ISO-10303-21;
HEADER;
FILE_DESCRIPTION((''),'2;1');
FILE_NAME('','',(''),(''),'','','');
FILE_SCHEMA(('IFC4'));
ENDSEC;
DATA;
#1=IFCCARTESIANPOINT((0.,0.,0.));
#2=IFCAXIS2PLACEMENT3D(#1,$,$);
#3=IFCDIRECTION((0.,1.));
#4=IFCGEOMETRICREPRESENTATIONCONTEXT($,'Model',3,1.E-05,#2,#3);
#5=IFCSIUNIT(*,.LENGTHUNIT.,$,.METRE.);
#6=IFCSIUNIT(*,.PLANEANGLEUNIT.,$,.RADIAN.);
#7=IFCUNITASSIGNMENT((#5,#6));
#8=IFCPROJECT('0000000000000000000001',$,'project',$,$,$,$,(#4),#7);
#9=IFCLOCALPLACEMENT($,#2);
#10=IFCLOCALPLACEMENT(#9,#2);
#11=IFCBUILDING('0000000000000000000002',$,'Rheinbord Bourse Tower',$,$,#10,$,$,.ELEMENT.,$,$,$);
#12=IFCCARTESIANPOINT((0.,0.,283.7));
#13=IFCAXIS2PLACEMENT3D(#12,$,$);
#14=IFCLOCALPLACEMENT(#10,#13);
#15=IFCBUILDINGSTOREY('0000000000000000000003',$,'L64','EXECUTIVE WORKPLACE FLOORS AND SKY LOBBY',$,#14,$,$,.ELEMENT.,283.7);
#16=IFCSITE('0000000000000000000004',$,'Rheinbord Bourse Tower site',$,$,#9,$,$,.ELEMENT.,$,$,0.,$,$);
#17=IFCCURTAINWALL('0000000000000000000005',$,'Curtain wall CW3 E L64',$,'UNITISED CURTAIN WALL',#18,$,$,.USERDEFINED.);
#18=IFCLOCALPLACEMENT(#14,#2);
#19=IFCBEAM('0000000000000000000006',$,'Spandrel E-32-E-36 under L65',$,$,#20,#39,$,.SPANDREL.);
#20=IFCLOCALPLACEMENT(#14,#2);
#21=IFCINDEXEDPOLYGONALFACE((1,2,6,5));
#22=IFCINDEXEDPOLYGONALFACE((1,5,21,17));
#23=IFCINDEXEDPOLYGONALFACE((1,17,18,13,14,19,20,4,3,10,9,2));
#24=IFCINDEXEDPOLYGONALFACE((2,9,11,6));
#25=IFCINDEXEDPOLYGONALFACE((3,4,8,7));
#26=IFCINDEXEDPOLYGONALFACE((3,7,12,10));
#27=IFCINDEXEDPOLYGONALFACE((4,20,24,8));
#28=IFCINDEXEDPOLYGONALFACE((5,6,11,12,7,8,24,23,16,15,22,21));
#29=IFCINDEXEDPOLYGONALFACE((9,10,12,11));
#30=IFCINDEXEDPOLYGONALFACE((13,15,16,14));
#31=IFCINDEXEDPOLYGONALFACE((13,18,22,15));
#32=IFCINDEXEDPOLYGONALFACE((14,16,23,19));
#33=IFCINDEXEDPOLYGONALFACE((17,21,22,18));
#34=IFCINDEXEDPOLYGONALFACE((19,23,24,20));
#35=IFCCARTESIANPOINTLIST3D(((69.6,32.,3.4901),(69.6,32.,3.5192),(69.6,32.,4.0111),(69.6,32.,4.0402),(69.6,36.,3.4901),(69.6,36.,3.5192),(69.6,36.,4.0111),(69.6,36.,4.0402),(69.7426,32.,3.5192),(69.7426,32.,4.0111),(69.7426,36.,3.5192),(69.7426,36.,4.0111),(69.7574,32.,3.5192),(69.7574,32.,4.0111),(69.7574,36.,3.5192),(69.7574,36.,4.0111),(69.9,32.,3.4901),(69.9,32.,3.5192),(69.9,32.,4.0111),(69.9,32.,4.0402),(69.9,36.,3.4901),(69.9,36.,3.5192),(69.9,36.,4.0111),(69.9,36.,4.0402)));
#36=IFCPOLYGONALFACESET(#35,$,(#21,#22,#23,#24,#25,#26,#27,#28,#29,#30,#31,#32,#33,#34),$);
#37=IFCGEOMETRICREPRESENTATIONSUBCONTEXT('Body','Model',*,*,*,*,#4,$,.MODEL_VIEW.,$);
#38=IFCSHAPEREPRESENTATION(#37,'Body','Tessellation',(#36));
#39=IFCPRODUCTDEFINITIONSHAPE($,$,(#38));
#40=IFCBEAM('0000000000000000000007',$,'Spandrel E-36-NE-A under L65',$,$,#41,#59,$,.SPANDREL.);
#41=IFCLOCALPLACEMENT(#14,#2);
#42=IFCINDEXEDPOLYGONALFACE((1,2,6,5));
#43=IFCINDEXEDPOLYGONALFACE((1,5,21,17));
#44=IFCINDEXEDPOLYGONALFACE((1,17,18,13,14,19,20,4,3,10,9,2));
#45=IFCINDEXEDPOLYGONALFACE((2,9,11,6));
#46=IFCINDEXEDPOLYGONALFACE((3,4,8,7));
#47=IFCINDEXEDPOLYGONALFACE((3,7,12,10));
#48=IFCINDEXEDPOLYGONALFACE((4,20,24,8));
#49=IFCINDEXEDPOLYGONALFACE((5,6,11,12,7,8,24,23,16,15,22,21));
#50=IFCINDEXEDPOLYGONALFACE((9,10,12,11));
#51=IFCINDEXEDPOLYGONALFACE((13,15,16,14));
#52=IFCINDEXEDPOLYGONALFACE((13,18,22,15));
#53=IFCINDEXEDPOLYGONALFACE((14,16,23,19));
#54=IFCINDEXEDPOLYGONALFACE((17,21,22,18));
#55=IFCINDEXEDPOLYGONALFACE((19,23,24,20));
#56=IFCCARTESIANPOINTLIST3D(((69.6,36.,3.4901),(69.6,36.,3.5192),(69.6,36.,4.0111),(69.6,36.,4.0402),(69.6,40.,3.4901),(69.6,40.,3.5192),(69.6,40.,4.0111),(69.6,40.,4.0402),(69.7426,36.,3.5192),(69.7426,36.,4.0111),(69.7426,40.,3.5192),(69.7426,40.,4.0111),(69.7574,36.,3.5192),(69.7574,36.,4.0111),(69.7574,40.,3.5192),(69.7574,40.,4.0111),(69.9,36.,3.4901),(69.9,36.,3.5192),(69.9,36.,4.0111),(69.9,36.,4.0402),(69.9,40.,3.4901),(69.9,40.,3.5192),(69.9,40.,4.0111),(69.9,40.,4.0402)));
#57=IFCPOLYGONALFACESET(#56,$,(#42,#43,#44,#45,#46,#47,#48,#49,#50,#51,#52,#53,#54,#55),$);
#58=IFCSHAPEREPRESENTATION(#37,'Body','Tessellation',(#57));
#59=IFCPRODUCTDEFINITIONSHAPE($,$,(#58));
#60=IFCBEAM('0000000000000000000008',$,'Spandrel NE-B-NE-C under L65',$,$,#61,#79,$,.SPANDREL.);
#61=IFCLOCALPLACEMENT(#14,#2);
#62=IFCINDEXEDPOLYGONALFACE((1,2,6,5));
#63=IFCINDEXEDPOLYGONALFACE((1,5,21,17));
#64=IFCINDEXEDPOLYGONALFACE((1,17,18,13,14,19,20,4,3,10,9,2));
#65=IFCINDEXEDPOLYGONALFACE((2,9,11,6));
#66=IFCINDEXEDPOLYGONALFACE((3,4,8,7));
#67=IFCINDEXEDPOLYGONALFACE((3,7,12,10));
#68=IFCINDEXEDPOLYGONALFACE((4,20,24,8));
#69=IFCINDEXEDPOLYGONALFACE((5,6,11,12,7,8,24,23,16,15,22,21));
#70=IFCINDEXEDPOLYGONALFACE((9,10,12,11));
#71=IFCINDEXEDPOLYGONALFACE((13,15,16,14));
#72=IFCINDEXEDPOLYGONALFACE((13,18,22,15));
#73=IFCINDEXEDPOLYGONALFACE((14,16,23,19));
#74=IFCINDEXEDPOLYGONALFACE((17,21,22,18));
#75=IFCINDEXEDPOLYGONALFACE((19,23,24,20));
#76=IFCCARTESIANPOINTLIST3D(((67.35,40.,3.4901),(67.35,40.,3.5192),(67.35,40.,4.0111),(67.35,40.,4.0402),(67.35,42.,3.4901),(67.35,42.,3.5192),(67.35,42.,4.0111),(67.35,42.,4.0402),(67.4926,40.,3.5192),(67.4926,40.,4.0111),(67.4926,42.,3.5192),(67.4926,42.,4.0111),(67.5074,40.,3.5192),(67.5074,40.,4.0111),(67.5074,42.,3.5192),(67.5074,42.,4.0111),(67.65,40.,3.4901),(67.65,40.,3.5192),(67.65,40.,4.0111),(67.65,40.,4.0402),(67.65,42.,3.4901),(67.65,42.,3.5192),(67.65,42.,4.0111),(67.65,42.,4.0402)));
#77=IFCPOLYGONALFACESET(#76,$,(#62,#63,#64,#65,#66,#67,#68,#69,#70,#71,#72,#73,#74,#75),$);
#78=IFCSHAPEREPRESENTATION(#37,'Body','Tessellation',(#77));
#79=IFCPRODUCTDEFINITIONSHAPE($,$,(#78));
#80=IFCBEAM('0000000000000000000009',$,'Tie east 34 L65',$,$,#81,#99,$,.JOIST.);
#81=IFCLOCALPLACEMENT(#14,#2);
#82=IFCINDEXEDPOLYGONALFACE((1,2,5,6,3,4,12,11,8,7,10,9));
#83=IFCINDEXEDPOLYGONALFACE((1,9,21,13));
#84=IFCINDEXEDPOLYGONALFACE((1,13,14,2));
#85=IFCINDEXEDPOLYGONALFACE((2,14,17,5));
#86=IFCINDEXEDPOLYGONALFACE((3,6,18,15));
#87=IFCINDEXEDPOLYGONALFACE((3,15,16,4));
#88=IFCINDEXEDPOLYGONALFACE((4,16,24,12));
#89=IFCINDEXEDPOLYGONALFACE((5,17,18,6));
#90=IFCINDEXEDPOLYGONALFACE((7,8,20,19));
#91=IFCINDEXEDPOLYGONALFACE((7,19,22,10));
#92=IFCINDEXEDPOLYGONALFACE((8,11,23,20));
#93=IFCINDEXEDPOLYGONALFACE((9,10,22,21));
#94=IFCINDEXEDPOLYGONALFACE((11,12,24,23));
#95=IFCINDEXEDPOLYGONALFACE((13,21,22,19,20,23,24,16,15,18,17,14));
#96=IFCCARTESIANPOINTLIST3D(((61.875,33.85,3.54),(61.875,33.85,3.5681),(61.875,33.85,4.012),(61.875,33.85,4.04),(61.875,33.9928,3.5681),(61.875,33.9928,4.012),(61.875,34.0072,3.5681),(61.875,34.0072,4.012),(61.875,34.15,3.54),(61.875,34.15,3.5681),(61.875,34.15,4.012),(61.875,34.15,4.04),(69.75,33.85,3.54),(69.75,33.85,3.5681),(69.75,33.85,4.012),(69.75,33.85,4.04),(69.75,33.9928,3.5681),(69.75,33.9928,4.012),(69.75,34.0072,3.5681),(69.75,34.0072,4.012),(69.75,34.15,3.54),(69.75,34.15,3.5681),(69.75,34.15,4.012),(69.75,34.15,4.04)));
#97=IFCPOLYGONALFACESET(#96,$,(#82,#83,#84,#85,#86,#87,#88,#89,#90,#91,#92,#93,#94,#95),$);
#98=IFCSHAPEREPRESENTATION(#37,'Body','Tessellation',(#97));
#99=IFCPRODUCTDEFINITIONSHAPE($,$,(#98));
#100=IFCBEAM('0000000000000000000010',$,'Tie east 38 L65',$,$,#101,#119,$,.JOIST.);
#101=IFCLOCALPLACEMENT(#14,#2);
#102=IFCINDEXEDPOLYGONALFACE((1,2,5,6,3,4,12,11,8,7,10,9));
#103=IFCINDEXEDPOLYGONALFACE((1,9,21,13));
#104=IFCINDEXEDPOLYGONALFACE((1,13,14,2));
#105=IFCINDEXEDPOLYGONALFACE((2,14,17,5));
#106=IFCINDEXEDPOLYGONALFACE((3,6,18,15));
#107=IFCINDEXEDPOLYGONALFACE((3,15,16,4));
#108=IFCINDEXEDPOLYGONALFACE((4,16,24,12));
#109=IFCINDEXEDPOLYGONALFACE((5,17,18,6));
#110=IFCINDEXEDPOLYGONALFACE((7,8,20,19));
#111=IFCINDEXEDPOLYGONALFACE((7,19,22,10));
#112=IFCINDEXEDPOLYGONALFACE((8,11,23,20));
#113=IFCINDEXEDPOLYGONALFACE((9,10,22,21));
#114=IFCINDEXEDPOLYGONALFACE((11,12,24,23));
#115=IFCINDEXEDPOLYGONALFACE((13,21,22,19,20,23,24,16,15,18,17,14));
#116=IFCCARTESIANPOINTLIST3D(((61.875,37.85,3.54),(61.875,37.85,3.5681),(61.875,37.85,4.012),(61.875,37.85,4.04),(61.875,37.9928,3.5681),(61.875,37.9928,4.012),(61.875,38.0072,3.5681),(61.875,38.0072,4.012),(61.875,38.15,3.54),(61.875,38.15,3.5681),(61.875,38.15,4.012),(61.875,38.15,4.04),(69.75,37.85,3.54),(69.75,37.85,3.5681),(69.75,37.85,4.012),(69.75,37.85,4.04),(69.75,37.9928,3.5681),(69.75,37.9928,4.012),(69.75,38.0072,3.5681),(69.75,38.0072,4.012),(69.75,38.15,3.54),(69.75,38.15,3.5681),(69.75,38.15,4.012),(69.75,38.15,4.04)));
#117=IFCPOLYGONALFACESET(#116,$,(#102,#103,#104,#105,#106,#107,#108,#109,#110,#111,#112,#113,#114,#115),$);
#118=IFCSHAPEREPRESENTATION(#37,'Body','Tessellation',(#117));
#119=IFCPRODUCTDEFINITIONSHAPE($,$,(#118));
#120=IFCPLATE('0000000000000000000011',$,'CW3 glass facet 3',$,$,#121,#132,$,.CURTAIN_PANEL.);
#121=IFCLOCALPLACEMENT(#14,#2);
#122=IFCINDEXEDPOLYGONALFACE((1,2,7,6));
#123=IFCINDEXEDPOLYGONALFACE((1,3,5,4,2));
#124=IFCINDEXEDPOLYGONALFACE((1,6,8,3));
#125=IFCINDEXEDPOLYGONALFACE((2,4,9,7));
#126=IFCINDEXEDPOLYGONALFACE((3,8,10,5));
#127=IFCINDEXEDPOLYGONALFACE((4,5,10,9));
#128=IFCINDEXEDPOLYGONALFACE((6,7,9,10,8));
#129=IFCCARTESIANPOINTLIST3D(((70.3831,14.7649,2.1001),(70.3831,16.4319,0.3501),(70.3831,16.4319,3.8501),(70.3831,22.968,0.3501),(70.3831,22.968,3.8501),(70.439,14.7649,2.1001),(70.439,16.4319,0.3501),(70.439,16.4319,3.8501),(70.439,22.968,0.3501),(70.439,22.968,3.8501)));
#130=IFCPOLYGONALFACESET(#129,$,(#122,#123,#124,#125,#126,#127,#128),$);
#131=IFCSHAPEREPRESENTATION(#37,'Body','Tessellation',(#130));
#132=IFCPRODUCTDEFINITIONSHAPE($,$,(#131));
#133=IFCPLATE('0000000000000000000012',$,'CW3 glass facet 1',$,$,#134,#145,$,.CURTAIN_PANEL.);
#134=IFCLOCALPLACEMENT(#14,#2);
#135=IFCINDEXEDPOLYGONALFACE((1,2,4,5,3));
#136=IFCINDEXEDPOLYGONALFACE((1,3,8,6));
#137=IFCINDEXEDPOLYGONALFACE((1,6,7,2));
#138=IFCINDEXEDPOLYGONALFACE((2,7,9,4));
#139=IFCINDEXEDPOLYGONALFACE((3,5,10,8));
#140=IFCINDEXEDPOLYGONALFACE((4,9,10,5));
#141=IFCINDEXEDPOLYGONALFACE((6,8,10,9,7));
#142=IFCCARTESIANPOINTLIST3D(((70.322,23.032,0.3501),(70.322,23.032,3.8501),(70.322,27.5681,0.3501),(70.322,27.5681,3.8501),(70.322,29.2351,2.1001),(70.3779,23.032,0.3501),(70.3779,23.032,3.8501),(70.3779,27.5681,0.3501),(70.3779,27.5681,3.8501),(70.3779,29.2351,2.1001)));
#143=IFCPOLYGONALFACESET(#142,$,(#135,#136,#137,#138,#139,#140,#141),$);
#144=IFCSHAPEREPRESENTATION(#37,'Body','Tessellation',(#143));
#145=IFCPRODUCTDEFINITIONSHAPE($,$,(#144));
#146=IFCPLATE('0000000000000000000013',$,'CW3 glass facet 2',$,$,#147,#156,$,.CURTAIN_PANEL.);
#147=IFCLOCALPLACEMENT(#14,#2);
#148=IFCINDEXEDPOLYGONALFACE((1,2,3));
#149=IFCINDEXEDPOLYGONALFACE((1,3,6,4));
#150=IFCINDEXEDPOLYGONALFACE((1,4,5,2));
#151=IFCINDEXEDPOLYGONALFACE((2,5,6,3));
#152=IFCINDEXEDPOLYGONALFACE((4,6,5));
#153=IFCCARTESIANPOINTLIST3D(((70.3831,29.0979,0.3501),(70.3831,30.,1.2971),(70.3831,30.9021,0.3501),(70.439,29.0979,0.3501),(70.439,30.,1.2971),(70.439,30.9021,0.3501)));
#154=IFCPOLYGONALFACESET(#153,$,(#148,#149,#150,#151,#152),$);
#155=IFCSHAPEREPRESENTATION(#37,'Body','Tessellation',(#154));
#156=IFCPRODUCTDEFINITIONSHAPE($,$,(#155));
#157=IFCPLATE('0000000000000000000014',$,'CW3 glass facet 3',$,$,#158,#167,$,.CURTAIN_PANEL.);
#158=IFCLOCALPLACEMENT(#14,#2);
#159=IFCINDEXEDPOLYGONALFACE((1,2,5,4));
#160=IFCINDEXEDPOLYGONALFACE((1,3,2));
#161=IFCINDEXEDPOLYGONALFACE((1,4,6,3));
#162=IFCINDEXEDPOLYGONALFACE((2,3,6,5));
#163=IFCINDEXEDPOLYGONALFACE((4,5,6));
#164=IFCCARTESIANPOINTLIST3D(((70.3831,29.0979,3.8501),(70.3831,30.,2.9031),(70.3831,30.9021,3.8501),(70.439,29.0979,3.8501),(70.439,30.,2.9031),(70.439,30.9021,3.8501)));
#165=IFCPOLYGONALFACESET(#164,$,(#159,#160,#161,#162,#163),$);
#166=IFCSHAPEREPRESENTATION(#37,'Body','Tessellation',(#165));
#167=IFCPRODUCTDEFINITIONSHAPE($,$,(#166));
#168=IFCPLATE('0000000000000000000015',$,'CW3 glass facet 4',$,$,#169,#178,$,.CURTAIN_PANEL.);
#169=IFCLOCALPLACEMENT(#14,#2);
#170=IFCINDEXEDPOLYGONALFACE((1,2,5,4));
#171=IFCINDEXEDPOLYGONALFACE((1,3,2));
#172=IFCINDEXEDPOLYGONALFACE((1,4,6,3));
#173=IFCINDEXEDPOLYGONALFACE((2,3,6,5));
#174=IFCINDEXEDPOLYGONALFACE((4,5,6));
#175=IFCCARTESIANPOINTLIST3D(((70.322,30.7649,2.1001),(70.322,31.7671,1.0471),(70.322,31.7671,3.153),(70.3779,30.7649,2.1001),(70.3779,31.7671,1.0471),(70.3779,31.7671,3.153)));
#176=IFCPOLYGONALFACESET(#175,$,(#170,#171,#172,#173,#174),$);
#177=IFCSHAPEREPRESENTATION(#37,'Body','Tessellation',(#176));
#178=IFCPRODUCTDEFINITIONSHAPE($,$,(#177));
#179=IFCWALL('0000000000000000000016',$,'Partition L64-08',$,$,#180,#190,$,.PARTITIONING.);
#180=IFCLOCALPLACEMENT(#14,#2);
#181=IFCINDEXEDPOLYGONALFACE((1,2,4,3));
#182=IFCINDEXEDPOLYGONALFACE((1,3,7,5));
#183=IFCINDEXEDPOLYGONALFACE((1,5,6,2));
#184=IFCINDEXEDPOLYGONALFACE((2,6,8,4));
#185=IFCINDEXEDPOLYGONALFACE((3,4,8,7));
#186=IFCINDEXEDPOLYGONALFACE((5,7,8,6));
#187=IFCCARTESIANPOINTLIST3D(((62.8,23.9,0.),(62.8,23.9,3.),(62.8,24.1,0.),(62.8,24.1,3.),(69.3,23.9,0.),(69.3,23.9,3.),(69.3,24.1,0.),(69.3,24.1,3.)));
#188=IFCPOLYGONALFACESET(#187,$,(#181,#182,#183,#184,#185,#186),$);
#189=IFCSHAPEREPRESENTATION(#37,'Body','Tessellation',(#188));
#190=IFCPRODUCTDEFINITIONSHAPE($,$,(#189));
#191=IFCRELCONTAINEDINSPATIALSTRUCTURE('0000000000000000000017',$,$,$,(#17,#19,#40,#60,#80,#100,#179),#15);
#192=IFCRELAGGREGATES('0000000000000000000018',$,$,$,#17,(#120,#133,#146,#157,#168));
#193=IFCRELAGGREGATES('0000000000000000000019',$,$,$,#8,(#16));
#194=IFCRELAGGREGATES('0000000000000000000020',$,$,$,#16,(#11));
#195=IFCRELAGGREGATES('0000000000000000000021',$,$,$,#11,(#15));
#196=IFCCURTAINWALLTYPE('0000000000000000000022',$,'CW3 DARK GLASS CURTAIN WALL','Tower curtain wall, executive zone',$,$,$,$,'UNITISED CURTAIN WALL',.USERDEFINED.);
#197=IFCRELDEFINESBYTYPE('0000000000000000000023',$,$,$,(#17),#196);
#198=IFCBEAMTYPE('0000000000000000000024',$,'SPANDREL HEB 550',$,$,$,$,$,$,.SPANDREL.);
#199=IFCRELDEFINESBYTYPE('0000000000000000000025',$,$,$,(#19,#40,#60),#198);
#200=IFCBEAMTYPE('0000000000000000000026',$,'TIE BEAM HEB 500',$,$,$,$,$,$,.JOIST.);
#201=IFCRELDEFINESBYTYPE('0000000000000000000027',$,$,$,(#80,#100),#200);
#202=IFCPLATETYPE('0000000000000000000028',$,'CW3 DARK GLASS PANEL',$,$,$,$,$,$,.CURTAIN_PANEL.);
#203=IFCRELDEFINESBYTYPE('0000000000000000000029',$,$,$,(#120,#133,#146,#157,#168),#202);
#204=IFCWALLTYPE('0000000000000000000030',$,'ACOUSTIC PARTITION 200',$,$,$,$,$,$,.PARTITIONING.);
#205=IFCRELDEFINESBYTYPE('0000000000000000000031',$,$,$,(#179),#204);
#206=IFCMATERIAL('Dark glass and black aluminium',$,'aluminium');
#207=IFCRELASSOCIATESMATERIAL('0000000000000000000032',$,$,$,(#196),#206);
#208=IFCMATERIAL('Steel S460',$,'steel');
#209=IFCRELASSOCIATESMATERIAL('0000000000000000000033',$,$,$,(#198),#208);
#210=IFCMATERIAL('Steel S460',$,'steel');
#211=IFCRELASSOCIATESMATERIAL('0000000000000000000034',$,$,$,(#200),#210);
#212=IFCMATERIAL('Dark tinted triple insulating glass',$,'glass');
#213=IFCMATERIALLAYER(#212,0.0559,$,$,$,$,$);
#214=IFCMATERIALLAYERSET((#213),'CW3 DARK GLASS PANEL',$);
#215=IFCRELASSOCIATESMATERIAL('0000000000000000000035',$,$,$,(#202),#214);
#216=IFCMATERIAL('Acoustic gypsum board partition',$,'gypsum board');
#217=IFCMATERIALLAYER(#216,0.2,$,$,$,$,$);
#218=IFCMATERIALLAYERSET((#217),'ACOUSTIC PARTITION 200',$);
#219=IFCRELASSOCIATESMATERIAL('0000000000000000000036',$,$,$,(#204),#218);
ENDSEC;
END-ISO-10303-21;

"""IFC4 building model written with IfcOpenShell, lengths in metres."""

from ifc_helpers import new_model, si_unit, direction, frame, frame_2d, origin, origin_2d, place, context, subcontext, project, spatial, polyline, rectangle, i_section, outline, extrude, material, layer, layer_set, material_profile, profile_set, type_object, element, aggregate, save


model = new_model("IFC4")

# Units and contexts
model_context = context("Model", 3, precision=1e-05, world=origin(), true_north=direction((0.0, 1.0)))
body_context = subcontext(model_context, "Body", "Model", "MODEL_VIEW")
ifc_project = project(units=[si_unit("LENGTHUNIT", "METRE"), si_unit("PLANEANGLEUNIT", "RADIAN")], contexts=[model_context])

# Site, building, storey
site_placement = place(None, origin())
site = spatial("IfcSite", under=ifc_project, at=site_placement, Name="Rheinbord Bourse Tower site", CompositionType="ELEMENT", RefElevation=0.0)
building_placement = place(site_placement, origin())
building = spatial("IfcBuilding", under=site, at=building_placement, Name="Rheinbord Bourse Tower", CompositionType="ELEMENT")
storey_placement = place(building_placement, frame((0.0, 0.0, 283.7)))
storey = spatial("IfcBuildingStorey", under=building, at=storey_placement, Name="L64", Description="EXECUTIVE WORKPLACE FLOORS AND SKY LOBBY", CompositionType="ELEMENT", Elevation=283.7)

# Curtain wall
ifc_material_1 = material(Name="Dark glass and black aluminium", Category="aluminium")
curtain_wall_type = type_object("IfcCurtainWallType", Name="CW3 DARK GLASS CURTAIN WALL", Description="Tower curtain wall, executive zone", ElementType="UNITISED CURTAIN WALL", PredefinedType="USERDEFINED", material=ifc_material_1)
curtain_wall_placement = place(storey_placement, origin())
curtain_wall = element("IfcCurtainWall", 1, at=curtain_wall_placement, inside=storey, type_object=curtain_wall_type, Name="Curtain wall CW3 E L64", ObjectType="UNITISED CURTAIN WALL", PredefinedType="USERDEFINED")

# Beams
ifc_material_2 = material(Name="Steel S460", Category="steel")
ifc_material_profile_1 = material_profile(ifc_material_2, i_section(OverallWidth=0.3, OverallDepth=0.55, WebThickness=0.0149, FlangeThickness=0.0291, at=origin_2d()), Name="HEB 550")
ifc_profile_set_1 = profile_set([ifc_material_profile_1], Name="Steel S460")
beam_type_1 = type_object("IfcBeamType", Name="SPANDREL HEB 550", PredefinedType="SPANDREL", material=ifc_profile_set_1)
for number, where, z_axis, x_axis, name in (
    (2, (69.75, 32.0, 3.7651), (0.0, 1.0, 0.0), (-1.0, 0.0, 0.0), "Spandrel E-32-E-36 under L65"),
    (3, (69.75, 36.0, 3.7651), (0.0, 1.0, 0.0), (-1.0, 0.0, 0.0), "Spandrel E-36-NE-A under L65"),
):
    element("IfcBeam", number, at=place(storey_placement, frame(where, z_axis=z_axis, x_axis=x_axis)), inside=storey, type_object=beam_type_1, Name=name, PredefinedType="SPANDREL", context=body_context, shape_type="SweptSolid", body=[
        extrude(i_section(OverallWidth=0.3, OverallDepth=0.55, WebThickness=0.0149, FlangeThickness=0.0291, at=origin_2d()), origin(), (0.0, 0.0, 1.0), 4.0),
    ])
beam_1_placement = place(storey_placement, frame((67.5, 40.0, 3.7651), z_axis=(0.0, 1.0, 0.0), x_axis=(-1.0, 0.0, 0.0)))
element("IfcBeam", 4, at=beam_1_placement, inside=storey, type_object=beam_type_1, Name="Spandrel NE-B-NE-C under L65", PredefinedType="SPANDREL", context=body_context, shape_type="SweptSolid", body=[
    extrude(i_section(OverallWidth=0.3, OverallDepth=0.55, WebThickness=0.0149, FlangeThickness=0.0291, at=origin_2d()), origin(), (0.0, 0.0, 1.0), 2.0),
])
ifc_material_3 = material(Name="Steel S460", Category="steel")
ifc_material_profile_2 = material_profile(ifc_material_3, i_section(OverallWidth=0.3, OverallDepth=0.5, WebThickness=0.0144, FlangeThickness=0.0281, at=origin_2d()), Name="HEB 500")
ifc_profile_set_2 = profile_set([ifc_material_profile_2], Name="Steel S460")
beam_type_2 = type_object("IfcBeamType", Name="TIE BEAM HEB 500", PredefinedType="JOIST", material=ifc_profile_set_2)
for number, where, z_axis, x_axis, name in (
    (5, (61.875, 34.0, 3.79), (1.0, 0.0, 0.0), (0.0, 1.0, 0.0), "Tie east 34 L65"),
    (6, (61.875, 38.0, 3.79), (1.0, 0.0, 0.0), (0.0, 1.0, 0.0), "Tie east 38 L65"),
):
    element("IfcBeam", number, at=place(storey_placement, frame(where, z_axis=z_axis, x_axis=x_axis)), inside=storey, type_object=beam_type_2, Name=name, PredefinedType="JOIST", context=body_context, shape_type="SweptSolid", body=[
        extrude(i_section(OverallWidth=0.3, OverallDepth=0.5, WebThickness=0.0144, FlangeThickness=0.0281, at=origin_2d()), origin(), (0.0, 0.0, 1.0), 7.875),
    ])

# Plates
ifc_material_4 = material(Name="Dark tinted triple insulating glass", Category="glass")
ifc_layer_1 = layer(ifc_material_4, 0.0559)
ifc_layer_set_1 = layer_set([ifc_layer_1], Name="CW3 DARK GLASS PANEL")
plate_type = type_object("IfcPlateType", Name="CW3 DARK GLASS PANEL", PredefinedType="CURTAIN_PANEL", material=ifc_layer_set_1)
plate_1_placement = place(storey_placement, frame((70.439, 22.968, 3.8501), z_axis=(-1.0, 0.0, 0.0), x_axis=(0.0, 0.0, -1.0)))
plate_1 = element("IfcPlate", 7, at=plate_1_placement, type_object=plate_type, Name="CW3 glass facet 3", PredefinedType="CURTAIN_PANEL", context=body_context, shape_type="SweptSolid", body=[
    extrude(outline(polyline([(0.0, 0.0), (3.5, 0.0), (3.5, 6.5361), (1.75, 8.2031), (0.0, 6.5361), (0.0, 0.0)])), origin(), (0.0, 0.0, 1.0), 0.0559),
])
plate_2_placement = place(storey_placement, frame((70.3779, 23.032, 0.3501), z_axis=(-1.0, 0.0, 0.0), x_axis=(0.0, 0.0, 1.0)))
plate_2 = element("IfcPlate", 8, at=plate_2_placement, type_object=plate_type, Name="CW3 glass facet 1", PredefinedType="CURTAIN_PANEL", context=body_context, shape_type="SweptSolid", body=[
    extrude(outline(polyline([(0.0, 0.0), (3.5, 0.0), (3.5, 4.5361), (1.75, 6.2031), (0.0, 4.5361), (0.0, 0.0)])), origin(), (0.0, 0.0, 1.0), 0.0559),
])
plate_3_placement = place(storey_placement, frame((70.439, 29.0979, 0.3501), z_axis=(-1.0, 0.0, 0.0), x_axis=(0.0, 0.689725, 0.724071)))
plate_3 = element("IfcPlate", 9, at=plate_3_placement, type_object=plate_type, Name="CW3 glass facet 2", PredefinedType="CURTAIN_PANEL", context=body_context, shape_type="SweptSolid", body=[
    extrude(outline(polyline([(0.0, 0.0), (1.3079, 0.0), (1.2444, 1.3064), (0.0, 0.0)])), origin(), (0.0, 0.0, 1.0), 0.0559),
])
plate_4_placement = place(storey_placement, frame((70.439, 30.9021, 3.8501), z_axis=(-1.0, 0.0, 0.0), x_axis=(0.0, -0.689725, -0.724071)))
plate_4 = element("IfcPlate", 10, at=plate_4_placement, type_object=plate_type, Name="CW3 glass facet 3", PredefinedType="CURTAIN_PANEL", context=body_context, shape_type="SweptSolid", body=[
    extrude(outline(polyline([(0.0, 0.0), (1.3079, 0.0), (1.2444, 1.3064), (0.0, 0.0)])), origin(), (0.0, 0.0, 1.0), 0.0559),
])
plate_5_placement = place(storey_placement, frame((70.3779, 31.7671, 1.0471), z_axis=(-1.0, 0.0, 0.0), x_axis=(0.0, -0.689424, 0.724358)))
plate_5 = element("IfcPlate", 11, at=plate_5_placement, type_object=plate_type, Name="CW3 glass facet 4", PredefinedType="CURTAIN_PANEL", context=body_context, shape_type="SweptSolid", body=[
    extrude(outline(polyline([(0.0, 0.0), (1.4536, 0.0), (1.5254, 1.4519), (0.0, 0.0)])), origin(), (0.0, 0.0, 1.0), 0.0559),
])
aggregate(curtain_wall, [plate_1, plate_2, plate_3, plate_4, plate_5])

# Wall
ifc_material_5 = material(Name="Acoustic gypsum board partition", Category="gypsum board")
ifc_layer_2 = layer(ifc_material_5, 0.2)
ifc_layer_set_2 = layer_set([ifc_layer_2], Name="ACOUSTIC PARTITION 200")
wall_type_1 = type_object("IfcWallType", Name="ACOUSTIC PARTITION 200", PredefinedType="PARTITIONING", material=ifc_layer_set_2)
wall_1_placement = place(storey_placement, frame((62.8, 24.0, 0.0), z_axis=(0.0, 0.0, 1.0), x_axis=(1.0, 0.0, 0.0)))
element("IfcWall", 12, at=wall_1_placement, inside=storey, type_object=wall_type_1, Name="Partition L64-08", PredefinedType="PARTITIONING", context=body_context, shape_type="SweptSolid", body=[
    extrude(rectangle(XDim=6.5, YDim=0.2, at=frame_2d((3.25, 0.0))), origin(), (0.0, 0.0, 1.0), 3.0),
])

save(model, "model.ifc")
